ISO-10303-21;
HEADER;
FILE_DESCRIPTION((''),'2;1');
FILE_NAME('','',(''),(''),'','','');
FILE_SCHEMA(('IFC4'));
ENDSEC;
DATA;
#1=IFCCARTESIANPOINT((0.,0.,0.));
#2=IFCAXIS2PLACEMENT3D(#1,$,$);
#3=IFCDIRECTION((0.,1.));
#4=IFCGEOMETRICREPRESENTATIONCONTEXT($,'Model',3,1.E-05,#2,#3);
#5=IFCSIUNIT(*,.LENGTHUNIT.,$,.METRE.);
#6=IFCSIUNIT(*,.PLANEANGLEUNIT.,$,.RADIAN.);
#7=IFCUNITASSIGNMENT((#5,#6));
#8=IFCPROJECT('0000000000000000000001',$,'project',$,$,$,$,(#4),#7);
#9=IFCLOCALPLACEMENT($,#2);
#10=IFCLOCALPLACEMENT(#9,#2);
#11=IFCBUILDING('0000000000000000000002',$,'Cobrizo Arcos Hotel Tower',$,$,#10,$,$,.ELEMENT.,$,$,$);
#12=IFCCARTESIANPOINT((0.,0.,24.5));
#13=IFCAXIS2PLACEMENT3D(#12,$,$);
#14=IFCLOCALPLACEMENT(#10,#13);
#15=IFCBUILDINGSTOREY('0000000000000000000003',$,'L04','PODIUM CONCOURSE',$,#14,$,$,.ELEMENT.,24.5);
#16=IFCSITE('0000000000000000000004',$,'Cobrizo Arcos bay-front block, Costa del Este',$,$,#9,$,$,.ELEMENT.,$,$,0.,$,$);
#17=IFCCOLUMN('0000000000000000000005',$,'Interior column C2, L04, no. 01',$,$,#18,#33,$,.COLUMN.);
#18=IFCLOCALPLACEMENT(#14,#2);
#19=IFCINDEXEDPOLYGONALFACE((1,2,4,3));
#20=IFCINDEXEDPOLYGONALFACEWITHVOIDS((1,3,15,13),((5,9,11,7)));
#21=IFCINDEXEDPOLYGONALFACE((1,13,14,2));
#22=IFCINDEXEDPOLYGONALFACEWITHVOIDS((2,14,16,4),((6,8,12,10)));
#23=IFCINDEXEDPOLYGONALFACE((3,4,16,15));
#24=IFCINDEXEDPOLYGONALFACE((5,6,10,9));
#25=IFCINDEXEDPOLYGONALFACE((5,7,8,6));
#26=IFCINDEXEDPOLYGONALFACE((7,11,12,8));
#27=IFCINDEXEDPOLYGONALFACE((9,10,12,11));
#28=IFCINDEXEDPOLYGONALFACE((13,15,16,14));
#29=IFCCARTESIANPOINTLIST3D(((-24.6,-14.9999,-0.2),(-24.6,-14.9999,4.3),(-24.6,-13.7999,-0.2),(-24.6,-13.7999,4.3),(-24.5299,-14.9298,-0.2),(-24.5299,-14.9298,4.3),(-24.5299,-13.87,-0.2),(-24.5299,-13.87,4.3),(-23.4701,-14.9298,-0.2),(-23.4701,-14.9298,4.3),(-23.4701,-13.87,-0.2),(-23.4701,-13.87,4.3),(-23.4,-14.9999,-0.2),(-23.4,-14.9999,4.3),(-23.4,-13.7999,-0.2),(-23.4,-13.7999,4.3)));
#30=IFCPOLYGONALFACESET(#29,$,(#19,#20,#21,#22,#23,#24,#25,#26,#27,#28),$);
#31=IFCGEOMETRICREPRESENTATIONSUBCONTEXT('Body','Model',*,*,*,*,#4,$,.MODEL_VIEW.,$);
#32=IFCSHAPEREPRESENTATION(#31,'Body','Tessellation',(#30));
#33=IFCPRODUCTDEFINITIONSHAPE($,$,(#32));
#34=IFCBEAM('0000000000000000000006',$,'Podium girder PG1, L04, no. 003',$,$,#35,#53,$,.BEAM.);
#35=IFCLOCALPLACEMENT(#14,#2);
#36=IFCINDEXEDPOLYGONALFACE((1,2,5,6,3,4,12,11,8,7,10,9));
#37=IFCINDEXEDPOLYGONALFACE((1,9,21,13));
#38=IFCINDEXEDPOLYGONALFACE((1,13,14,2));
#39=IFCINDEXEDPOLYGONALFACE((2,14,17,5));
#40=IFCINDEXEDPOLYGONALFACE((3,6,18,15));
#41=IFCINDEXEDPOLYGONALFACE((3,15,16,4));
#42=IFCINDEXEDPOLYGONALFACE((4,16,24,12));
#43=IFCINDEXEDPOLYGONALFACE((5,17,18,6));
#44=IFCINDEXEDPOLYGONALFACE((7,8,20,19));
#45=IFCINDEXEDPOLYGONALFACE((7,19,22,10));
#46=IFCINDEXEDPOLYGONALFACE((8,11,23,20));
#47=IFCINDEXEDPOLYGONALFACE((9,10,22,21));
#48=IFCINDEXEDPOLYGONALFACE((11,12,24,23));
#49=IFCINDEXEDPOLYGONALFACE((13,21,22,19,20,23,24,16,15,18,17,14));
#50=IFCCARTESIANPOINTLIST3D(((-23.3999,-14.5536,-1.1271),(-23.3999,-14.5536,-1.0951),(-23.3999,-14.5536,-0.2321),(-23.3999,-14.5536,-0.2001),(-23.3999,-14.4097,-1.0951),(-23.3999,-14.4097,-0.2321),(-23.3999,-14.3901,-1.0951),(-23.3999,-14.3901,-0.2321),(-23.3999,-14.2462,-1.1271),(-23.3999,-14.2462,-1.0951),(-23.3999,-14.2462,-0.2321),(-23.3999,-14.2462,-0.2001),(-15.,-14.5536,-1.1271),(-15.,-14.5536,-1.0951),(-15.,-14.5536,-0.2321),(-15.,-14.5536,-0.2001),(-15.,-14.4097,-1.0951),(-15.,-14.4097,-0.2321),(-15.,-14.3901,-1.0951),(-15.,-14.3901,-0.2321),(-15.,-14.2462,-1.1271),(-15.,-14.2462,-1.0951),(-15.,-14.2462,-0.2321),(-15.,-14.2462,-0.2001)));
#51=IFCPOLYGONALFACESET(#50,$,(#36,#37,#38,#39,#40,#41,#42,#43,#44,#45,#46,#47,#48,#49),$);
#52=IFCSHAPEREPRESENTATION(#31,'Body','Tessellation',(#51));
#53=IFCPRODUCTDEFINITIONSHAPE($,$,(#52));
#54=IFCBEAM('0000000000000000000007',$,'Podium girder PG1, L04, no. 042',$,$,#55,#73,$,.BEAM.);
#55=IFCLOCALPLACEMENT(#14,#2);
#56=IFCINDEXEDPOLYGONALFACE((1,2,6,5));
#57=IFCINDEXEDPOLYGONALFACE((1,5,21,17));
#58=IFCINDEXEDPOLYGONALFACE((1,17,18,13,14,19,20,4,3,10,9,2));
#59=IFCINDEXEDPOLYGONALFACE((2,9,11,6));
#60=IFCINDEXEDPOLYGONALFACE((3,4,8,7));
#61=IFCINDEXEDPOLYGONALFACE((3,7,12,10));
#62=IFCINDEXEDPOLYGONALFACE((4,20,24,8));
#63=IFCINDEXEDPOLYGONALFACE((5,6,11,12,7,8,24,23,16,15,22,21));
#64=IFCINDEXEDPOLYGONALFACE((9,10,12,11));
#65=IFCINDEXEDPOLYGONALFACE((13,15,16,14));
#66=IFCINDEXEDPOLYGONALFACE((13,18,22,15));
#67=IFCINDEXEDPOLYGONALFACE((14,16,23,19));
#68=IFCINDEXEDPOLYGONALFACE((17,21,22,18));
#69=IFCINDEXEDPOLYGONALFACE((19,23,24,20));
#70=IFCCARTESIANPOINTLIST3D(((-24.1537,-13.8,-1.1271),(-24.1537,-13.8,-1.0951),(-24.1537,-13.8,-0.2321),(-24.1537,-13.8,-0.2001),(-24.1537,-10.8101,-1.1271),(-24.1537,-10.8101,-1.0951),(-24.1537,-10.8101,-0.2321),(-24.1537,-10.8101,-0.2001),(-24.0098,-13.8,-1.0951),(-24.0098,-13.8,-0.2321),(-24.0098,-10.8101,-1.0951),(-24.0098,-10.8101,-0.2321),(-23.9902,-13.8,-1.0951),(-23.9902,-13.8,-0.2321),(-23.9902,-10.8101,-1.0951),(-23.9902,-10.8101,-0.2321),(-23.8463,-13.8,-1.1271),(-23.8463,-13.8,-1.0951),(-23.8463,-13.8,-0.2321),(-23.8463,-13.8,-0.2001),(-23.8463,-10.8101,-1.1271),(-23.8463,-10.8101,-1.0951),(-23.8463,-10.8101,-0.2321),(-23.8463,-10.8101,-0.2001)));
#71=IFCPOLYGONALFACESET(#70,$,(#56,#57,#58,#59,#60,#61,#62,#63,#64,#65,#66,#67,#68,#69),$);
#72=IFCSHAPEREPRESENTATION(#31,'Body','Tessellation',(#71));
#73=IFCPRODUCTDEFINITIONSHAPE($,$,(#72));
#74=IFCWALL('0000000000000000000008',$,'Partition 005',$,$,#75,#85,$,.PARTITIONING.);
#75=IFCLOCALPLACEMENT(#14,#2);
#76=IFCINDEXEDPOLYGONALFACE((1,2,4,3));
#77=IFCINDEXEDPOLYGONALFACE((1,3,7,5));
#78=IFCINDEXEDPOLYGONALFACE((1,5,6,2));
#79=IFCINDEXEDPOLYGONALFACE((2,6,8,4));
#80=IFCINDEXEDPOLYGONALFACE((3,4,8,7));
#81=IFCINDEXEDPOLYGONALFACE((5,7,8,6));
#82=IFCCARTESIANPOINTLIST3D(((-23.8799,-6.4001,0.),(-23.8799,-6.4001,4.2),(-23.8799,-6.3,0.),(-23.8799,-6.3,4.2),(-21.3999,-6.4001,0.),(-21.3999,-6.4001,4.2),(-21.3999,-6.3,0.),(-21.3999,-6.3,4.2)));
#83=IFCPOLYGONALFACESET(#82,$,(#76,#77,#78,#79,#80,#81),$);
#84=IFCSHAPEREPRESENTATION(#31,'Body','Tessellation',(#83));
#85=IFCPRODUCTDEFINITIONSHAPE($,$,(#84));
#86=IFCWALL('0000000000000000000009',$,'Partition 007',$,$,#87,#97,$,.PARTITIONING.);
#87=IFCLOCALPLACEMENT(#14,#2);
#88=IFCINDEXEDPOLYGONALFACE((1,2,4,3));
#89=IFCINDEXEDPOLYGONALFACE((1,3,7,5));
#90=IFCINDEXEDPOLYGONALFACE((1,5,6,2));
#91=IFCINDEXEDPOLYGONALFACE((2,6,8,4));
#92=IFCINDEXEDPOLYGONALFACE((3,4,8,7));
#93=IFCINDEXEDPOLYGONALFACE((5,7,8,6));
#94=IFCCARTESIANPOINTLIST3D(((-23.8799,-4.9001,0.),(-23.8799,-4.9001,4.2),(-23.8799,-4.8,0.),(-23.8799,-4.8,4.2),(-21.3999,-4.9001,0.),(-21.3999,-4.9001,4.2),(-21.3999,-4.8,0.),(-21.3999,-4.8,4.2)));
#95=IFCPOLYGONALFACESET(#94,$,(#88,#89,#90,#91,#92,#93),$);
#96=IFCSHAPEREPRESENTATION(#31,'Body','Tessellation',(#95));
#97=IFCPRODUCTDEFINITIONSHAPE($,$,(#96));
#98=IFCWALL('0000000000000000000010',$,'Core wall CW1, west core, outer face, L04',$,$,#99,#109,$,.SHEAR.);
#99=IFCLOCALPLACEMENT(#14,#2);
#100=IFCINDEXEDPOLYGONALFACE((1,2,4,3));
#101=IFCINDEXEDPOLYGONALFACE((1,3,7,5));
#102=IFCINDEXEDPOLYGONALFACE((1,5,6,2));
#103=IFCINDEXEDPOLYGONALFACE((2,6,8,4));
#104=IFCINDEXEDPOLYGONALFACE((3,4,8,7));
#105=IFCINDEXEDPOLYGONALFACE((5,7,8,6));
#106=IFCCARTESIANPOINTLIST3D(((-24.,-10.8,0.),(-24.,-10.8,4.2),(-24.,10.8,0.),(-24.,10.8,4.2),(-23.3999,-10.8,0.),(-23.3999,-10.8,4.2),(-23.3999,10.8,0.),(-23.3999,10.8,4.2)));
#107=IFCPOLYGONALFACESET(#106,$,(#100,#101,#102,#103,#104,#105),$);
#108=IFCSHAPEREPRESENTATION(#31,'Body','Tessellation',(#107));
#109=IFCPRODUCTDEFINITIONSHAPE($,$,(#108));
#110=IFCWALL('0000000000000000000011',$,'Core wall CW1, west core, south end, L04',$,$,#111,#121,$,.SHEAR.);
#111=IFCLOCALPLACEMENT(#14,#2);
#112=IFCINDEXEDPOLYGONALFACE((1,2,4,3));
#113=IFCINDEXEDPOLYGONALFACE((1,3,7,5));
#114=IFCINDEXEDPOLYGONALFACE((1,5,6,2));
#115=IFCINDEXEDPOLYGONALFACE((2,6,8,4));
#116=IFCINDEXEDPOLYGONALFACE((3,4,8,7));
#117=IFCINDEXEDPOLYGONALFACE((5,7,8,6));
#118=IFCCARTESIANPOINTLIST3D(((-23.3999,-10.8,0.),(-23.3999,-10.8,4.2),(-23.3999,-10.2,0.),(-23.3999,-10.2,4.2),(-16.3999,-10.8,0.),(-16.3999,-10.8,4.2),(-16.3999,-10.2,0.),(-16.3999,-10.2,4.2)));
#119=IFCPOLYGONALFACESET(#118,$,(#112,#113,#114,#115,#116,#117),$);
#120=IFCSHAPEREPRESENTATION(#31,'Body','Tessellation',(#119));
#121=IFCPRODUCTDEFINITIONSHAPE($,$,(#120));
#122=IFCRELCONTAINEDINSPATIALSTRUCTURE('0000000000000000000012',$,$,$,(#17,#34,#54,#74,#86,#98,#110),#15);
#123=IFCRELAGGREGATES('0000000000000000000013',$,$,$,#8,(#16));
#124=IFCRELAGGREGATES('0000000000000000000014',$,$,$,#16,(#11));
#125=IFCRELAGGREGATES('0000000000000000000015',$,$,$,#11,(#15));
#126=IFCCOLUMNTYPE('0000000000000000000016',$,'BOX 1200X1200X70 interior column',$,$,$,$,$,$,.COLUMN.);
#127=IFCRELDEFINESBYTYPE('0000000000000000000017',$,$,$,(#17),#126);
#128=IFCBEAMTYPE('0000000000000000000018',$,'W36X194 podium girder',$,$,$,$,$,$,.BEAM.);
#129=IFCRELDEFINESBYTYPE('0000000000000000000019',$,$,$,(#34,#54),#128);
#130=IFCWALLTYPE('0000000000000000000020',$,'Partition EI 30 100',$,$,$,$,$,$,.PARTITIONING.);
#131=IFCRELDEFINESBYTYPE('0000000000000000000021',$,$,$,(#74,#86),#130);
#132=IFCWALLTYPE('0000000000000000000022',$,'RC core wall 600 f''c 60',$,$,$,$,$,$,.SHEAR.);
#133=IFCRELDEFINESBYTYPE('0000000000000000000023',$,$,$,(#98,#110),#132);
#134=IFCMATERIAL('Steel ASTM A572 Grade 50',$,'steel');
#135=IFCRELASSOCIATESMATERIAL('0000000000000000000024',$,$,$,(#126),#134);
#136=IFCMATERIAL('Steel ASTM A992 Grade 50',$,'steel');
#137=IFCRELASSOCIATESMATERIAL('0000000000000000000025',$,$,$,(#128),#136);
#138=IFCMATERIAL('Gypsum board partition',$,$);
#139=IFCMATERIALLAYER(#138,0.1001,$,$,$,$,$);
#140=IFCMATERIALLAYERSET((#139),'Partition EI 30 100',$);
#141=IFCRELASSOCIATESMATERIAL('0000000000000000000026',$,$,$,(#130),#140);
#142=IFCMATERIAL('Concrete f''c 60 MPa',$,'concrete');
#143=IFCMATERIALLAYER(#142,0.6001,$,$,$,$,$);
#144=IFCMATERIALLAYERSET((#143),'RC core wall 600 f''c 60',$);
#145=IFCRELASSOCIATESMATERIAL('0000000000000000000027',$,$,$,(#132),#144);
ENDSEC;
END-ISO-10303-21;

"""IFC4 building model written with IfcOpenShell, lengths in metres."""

from ifc_helpers import new_model, si_unit, direction, frame, frame_2d, origin, origin_2d, place, context, subcontext, project, spatial, rectangle, hollow_rectangle, i_section, extrude, material, layer, layer_set, material_profile, profile_set, type_object, element, save


model = new_model("IFC4")

# Units and contexts
model_context = context("Model", 3, precision=1e-05, world=origin(), true_north=direction((0.0, 1.0)))
body_context = subcontext(model_context, "Body", "Model", "MODEL_VIEW")
ifc_project = project(units=[si_unit("LENGTHUNIT", "METRE"), si_unit("PLANEANGLEUNIT", "RADIAN")], contexts=[model_context])

# Site, building, storey
site_placement = place(None, origin())
site = spatial("IfcSite", under=ifc_project, at=site_placement, Name="Cobrizo Arcos bay-front block, Costa del Este", CompositionType="ELEMENT", RefElevation=0.0)
building_placement = place(site_placement, origin())
building = spatial("IfcBuilding", under=site, at=building_placement, Name="Cobrizo Arcos Hotel Tower", CompositionType="ELEMENT")
storey_placement = place(building_placement, frame((0.0, 0.0, 24.5)))
storey = spatial("IfcBuildingStorey", under=building, at=storey_placement, Name="L04", Description="PODIUM CONCOURSE", CompositionType="ELEMENT", Elevation=24.5)

# Column
ifc_material_1 = material(Name="Steel ASTM A572 Grade 50", Category="steel")
ifc_material_profile_1 = material_profile(ifc_material_1, hollow_rectangle(XDim=1.2, YDim=1.2, WallThickness=0.0701, at=origin_2d()), Name="BOX 1200X1200X70")
ifc_profile_set_1 = profile_set([ifc_material_profile_1], Name="Steel ASTM A572 Grade 50")
column_type = type_object("IfcColumnType", Name="BOX 1200X1200X70 interior column", PredefinedType="COLUMN", material=ifc_profile_set_1)
column_placement = place(storey_placement, frame((-24.0, -14.3999, -0.2), z_axis=(0.0, 0.0, 1.0), x_axis=(1.0, 0.0, 0.0)))
element("IfcColumn", 1, at=column_placement, inside=storey, type_object=column_type, Name="Interior column C2, L04, no. 01", PredefinedType="COLUMN", context=body_context, shape_type="SweptSolid", body=[
    extrude(hollow_rectangle(XDim=1.2, YDim=1.2, WallThickness=0.0701, at=origin_2d()), origin(), (0.0, 0.0, 1.0), 4.5),
])

# Beams
ifc_material_2 = material(Name="Steel ASTM A992 Grade 50", Category="steel")
ifc_material_profile_2 = material_profile(ifc_material_2, i_section(OverallWidth=0.3074, OverallDepth=0.927, WebThickness=0.0195, FlangeThickness=0.032, at=origin_2d()), Name="W36X194")
ifc_profile_set_2 = profile_set([ifc_material_profile_2], Name="Steel ASTM A992 Grade 50")
beam_type = type_object("IfcBeamType", Name="W36X194 podium girder", PredefinedType="BEAM", material=ifc_profile_set_2)
beam_1_placement = place(storey_placement, frame((-23.3999, -14.3999, -0.6636), z_axis=(1.0, 0.0, 0.0), x_axis=(0.0, 1.0, 0.0)))
element("IfcBeam", 2, at=beam_1_placement, inside=storey, type_object=beam_type, Name="Podium girder PG1, L04, no. 003", PredefinedType="BEAM", context=body_context, shape_type="SweptSolid", body=[
    extrude(i_section(OverallWidth=0.3074, OverallDepth=0.927, WebThickness=0.0195, FlangeThickness=0.032, at=origin_2d()), origin(), (0.0, 0.0, 1.0), 8.3999),
])
beam_2_placement = place(storey_placement, frame((-24.0, -13.8, -0.6636), z_axis=(0.0, 1.0, 0.0), x_axis=(-1.0, 0.0, 0.0)))
element("IfcBeam", 3, at=beam_2_placement, inside=storey, type_object=beam_type, Name="Podium girder PG1, L04, no. 042", PredefinedType="BEAM", context=body_context, shape_type="SweptSolid", body=[
    extrude(i_section(OverallWidth=0.3074, OverallDepth=0.927, WebThickness=0.0195, FlangeThickness=0.032, at=origin_2d()), origin(), (0.0, 0.0, 1.0), 2.99),
])

# Walls
ifc_material_3 = material(Name="Gypsum board partition")
ifc_layer_1 = layer(ifc_material_3, 0.1001)
ifc_layer_set_1 = layer_set([ifc_layer_1], Name="Partition EI 30 100")
wall_type_1 = type_object("IfcWallType", Name="Partition EI 30 100", PredefinedType="PARTITIONING", material=ifc_layer_set_1)
for number, where, z_axis, x_axis, name in (
    (4, (-23.8799, -6.3501, 0.0), (0.0, 0.0, 1.0), (1.0, 0.0, 0.0), "Partition 005"),
    (5, (-23.8799, -4.8501, 0.0), (0.0, 0.0, 1.0), (1.0, 0.0, 0.0), "Partition 007"),
):
    element("IfcWall", number, at=place(storey_placement, frame(where, z_axis=z_axis, x_axis=x_axis)), inside=storey, type_object=wall_type_1, Name=name, PredefinedType="PARTITIONING", context=body_context, shape_type="SweptSolid", body=[
        extrude(rectangle(XDim=2.48, YDim=0.1001, at=frame_2d((1.24, 0.0))), origin(), (0.0, 0.0, 1.0), 4.2),
    ])
ifc_material_4 = material(Name="Concrete f'c 60 MPa", Category="concrete")
ifc_layer_2 = layer(ifc_material_4, 0.6001)
ifc_layer_set_2 = layer_set([ifc_layer_2], Name="RC core wall 600 f'c 60")
wall_type_2 = type_object("IfcWallType", Name="RC core wall 600 f'c 60", PredefinedType="SHEAR", material=ifc_layer_set_2)
wall_1_placement = place(storey_placement, frame((-23.7, -10.8, 0.0), z_axis=(0.0, 0.0, 1.0), x_axis=(0.0, 1.0, 0.0)))
element("IfcWall", 6, at=wall_1_placement, inside=storey, type_object=wall_type_2, Name="Core wall CW1, west core, outer face, L04", PredefinedType="SHEAR", context=body_context, shape_type="SweptSolid", body=[
    extrude(rectangle(XDim=21.6001, YDim=0.6001, at=frame_2d((10.8, 0.0))), origin(), (0.0, 0.0, 1.0), 4.2),
])
wall_2_placement = place(storey_placement, frame((-23.3999, -10.5, 0.0), z_axis=(0.0, 0.0, 1.0), x_axis=(1.0, 0.0, 0.0)))
element("IfcWall", 7, at=wall_2_placement, inside=storey, type_object=wall_type_2, Name="Core wall CW1, west core, south end, L04", PredefinedType="SHEAR", context=body_context, shape_type="SweptSolid", body=[
    extrude(rectangle(XDim=7.0, YDim=0.6001, at=frame_2d((3.5, 0.0))), origin(), (0.0, 0.0, 1.0), 4.2),
])

save(model, "model.ifc")
